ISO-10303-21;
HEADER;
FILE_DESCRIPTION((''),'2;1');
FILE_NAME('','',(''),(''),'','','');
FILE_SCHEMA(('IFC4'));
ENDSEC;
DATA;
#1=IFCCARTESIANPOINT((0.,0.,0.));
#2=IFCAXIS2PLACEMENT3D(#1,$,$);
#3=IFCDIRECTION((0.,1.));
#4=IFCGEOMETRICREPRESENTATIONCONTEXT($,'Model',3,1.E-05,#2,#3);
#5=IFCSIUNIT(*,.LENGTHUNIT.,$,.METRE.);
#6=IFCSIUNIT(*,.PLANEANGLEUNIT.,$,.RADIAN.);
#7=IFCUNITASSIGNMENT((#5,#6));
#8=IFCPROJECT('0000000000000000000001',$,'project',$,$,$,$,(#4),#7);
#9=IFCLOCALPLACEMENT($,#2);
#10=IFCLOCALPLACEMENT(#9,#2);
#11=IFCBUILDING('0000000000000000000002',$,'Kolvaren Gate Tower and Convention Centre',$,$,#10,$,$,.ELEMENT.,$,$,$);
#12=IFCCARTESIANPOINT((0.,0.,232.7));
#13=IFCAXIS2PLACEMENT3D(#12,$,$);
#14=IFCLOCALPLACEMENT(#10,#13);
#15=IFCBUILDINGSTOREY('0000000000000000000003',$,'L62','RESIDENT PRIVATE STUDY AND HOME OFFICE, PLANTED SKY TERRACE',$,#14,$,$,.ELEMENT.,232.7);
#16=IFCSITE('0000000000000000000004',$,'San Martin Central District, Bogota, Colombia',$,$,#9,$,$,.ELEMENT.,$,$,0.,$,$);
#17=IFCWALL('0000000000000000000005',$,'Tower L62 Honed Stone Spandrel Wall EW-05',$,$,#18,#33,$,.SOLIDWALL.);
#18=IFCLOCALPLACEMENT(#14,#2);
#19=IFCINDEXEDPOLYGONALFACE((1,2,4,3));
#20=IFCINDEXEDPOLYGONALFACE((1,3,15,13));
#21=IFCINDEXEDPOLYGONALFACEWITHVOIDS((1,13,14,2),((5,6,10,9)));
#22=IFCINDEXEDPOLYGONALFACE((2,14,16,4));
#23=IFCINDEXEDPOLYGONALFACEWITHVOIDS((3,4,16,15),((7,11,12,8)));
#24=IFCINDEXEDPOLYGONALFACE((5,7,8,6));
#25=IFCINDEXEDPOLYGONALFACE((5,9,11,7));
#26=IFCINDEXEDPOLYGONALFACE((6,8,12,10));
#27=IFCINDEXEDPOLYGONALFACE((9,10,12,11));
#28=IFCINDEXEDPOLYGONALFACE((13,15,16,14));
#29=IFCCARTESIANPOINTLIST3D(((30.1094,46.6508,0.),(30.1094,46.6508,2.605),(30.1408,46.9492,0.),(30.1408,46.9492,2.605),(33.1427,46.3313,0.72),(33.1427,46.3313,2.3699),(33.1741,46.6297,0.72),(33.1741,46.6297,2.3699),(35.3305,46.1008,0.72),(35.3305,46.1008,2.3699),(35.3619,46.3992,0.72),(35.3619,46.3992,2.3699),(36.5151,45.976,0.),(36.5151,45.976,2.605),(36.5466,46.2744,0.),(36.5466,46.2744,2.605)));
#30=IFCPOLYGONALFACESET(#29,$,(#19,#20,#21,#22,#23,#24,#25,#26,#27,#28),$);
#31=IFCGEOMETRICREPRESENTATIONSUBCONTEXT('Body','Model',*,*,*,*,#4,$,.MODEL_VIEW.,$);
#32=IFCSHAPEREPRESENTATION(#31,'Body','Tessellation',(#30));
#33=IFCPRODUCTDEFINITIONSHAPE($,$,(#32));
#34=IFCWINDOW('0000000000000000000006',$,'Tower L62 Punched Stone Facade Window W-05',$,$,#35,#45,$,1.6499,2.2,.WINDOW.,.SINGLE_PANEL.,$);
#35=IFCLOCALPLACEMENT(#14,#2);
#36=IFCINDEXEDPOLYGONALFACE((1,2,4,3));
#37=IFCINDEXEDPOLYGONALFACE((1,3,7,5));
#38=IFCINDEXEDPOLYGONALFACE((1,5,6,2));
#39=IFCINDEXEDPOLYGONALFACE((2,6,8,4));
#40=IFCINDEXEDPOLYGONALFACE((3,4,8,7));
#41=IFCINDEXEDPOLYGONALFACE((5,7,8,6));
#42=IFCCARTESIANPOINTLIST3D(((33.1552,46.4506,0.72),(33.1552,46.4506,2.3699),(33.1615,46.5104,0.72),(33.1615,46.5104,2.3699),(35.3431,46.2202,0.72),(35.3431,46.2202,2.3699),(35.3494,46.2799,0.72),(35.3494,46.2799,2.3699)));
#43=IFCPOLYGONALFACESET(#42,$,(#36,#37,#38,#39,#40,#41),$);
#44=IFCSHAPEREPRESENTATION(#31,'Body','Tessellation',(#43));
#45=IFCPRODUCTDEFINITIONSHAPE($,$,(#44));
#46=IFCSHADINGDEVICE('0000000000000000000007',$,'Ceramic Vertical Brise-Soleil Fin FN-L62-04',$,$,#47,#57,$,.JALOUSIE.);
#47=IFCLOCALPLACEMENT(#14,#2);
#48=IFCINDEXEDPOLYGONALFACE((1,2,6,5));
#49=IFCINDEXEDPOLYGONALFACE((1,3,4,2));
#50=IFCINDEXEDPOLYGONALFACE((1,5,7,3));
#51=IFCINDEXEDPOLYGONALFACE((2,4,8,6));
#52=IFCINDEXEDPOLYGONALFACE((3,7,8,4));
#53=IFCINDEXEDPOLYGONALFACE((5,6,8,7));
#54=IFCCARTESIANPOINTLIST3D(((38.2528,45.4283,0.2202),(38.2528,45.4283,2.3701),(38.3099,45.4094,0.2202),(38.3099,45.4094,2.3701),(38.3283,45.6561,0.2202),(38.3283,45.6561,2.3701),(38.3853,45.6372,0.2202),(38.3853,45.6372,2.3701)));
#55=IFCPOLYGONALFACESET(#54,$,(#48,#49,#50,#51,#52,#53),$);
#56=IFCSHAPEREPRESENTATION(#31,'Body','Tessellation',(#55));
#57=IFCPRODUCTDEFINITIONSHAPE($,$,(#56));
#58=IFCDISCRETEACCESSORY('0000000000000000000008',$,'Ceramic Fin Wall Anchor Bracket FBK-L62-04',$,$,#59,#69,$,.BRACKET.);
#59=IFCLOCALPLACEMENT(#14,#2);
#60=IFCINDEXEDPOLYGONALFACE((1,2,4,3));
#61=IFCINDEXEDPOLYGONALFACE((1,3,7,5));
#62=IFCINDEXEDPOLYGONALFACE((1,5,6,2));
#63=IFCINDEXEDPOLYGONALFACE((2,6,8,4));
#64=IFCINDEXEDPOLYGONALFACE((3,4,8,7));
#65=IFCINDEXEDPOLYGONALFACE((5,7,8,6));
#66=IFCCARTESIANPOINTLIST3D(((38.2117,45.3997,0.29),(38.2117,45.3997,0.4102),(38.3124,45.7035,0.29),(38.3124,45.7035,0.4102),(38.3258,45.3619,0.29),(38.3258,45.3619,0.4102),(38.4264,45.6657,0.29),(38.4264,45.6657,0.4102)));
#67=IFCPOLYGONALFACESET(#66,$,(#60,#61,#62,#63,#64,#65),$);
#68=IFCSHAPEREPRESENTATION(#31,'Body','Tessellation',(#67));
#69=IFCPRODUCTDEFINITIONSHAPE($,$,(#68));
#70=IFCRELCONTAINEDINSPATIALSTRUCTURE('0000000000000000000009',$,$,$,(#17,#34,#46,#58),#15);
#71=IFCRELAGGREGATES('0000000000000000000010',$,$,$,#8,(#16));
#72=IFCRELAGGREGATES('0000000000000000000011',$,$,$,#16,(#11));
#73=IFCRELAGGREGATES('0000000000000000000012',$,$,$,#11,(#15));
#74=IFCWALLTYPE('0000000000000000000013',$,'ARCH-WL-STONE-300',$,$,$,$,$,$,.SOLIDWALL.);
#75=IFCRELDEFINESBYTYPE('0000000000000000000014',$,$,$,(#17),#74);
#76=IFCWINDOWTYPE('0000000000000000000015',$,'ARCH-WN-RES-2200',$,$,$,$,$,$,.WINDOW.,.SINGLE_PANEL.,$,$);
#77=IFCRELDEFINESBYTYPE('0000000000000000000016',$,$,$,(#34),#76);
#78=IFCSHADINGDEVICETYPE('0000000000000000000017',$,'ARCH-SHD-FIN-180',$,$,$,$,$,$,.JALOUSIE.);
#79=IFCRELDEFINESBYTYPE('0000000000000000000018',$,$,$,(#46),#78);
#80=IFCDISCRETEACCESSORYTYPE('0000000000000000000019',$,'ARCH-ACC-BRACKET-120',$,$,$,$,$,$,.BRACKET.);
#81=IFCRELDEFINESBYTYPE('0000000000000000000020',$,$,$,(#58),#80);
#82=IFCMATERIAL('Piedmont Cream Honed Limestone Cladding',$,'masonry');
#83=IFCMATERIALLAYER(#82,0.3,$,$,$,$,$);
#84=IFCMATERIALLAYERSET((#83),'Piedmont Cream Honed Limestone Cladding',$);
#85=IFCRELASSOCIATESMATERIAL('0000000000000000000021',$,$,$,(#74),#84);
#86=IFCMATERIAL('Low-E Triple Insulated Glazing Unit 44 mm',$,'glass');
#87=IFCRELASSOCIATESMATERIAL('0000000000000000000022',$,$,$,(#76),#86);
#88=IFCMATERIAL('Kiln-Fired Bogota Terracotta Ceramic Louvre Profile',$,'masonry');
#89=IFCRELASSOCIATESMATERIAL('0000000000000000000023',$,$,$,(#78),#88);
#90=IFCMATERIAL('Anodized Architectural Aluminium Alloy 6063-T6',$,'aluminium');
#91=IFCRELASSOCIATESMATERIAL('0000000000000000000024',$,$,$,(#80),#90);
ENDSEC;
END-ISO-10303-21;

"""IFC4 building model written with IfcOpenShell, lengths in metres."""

from ifc_helpers import new_model, si_unit, direction, frame, frame_2d, origin, origin_2d, place, context, subcontext, project, spatial, rectangle, extrude, material, layer, layer_set, type_object, element, fill, save


model = new_model("IFC4")

# Units and contexts
model_context = context("Model", 3, precision=1e-05, world=origin(), true_north=direction((0.0, 1.0)))
body_context = subcontext(model_context, "Body", "Model", "MODEL_VIEW")
ifc_project = project(units=[si_unit("LENGTHUNIT", "METRE"), si_unit("PLANEANGLEUNIT", "RADIAN")], contexts=[model_context])

# Site, building, storey
site_placement = place(None, origin())
site = spatial("IfcSite", under=ifc_project, at=site_placement, Name="San Martin Central District, Bogota, Colombia", CompositionType="ELEMENT", RefElevation=0.0)
building_placement = place(site_placement, origin())
building = spatial("IfcBuilding", under=site, at=building_placement, Name="Kolvaren Gate Tower and Convention Centre", CompositionType="ELEMENT")
storey_placement = place(building_placement, frame((0.0, 0.0, 232.7)))
storey = spatial("IfcBuildingStorey", under=building, at=storey_placement, Name="L62", Description="RESIDENT PRIVATE STUDY AND HOME OFFICE, PLANTED SKY TERRACE", CompositionType="ELEMENT", Elevation=232.7)

# Shared definitions
ifc_material_1 = material(Name="Anodized Architectural Aluminium Alloy 6063-T6", Category="aluminium")

# Shared definitions
ifc_material_2 = material(Name="Low-E Triple Insulated Glazing Unit 44 mm", Category="glass")

# Wall, opening, window
ifc_material_3 = material(Name="Piedmont Cream Honed Limestone Cladding", Category="masonry")
ifc_layer_1 = layer(ifc_material_3, 0.3)
ifc_layer_set_1 = layer_set([ifc_layer_1], Name="Piedmont Cream Honed Limestone Cladding")
wall_type_1 = type_object("IfcWallType", Name="ARCH-WL-STONE-300", PredefinedType="SOLIDWALL", material=ifc_layer_set_1)
window_type = type_object("IfcWindowType", Name="ARCH-WN-RES-2200", PartitioningType="SINGLE_PANEL", PredefinedType="WINDOW", material=ifc_material_2)
wall_1_placement = place(storey_placement, frame((30.125, 46.8, 0.0), z_axis=(0.0, 0.0, 1.0), x_axis=(0.994497, -0.104764, 0.0)))
wall_1 = element("IfcWall", 1, at=wall_1_placement, inside=storey, type_object=wall_type_1, Name="Tower L62 Honed Stone Spandrel Wall EW-05", PredefinedType="SOLIDWALL", context=body_context, shape_type="SweptSolid", body=[
    extrude(rectangle(XDim=6.4412, YDim=0.3, at=frame_2d((3.2207, 0.0))), origin(), (0.0, 0.0, 1.0), 2.605),
])
opening_1_placement = place(wall_1_placement, frame((3.05, 0.0, 0.72)))
opening_1 = element("IfcOpeningElement", 2, at=opening_1_placement, cuts=wall_1, PredefinedType="OPENING", context=body_context, shape_type="SweptSolid", body=[
    extrude(rectangle(XDim=2.2, YDim=1.6499, at=frame_2d((1.1001, 0.825))), frame((0.0, 0.1599, 0.0), z_axis=(0.0, -1.0, 0.0), x_axis=(1.0, 0.0, 0.0)), (0.0, 0.0, 1.0), 0.3201),
])
window_1_placement = place(opening_1_placement, origin())
window_1 = element("IfcWindow", 3, at=window_1_placement, inside=storey, type_object=window_type, Name="Tower L62 Punched Stone Facade Window W-05", OverallHeight=1.6499, OverallWidth=2.2, PartitioningType="SINGLE_PANEL", PredefinedType="WINDOW", context=body_context, shape_type="SweptSolid", body=[
    extrude(rectangle(XDim=2.2, YDim=1.6499, at=frame_2d((1.1001, 0.825))), frame((0.0, 0.03, 0.0), z_axis=(0.0, -1.0, 0.0), x_axis=(1.0, 0.0, 0.0)), (0.0, 0.0, 1.0), 0.0601),
])
fill(opening_1, window_1)

# Shading device
ifc_material_4 = material(Name="Kiln-Fired Bogota Terracotta Ceramic Louvre Profile", Category="masonry")
shading_device_type = type_object("IfcShadingDeviceType", Name="ARCH-SHD-FIN-180", PredefinedType="JALOUSIE", material=ifc_material_4)
shading_device_placement = place(storey_placement, frame((38.3191, 45.5327, 0.2202), z_axis=(0.0, 0.0, 1.0), x_axis=(0.949242, -0.314548, 0.0)))
element("IfcShadingDevice", 4, at=shading_device_placement, inside=storey, type_object=shading_device_type, Name="Ceramic Vertical Brise-Soleil Fin FN-L62-04", PredefinedType="JALOUSIE", context=body_context, shape_type="SweptSolid", body=[
    extrude(rectangle(XDim=0.0601, YDim=0.24, at=origin_2d()), origin(), (0.0, 0.0, 1.0), 2.1499),
])

# Discrete accessory
discrete_accessory_type = type_object("IfcDiscreteAccessoryType", Name="ARCH-ACC-BRACKET-120", PredefinedType="BRACKET", material=ifc_material_1)
discrete_accessory_placement = place(storey_placement, frame((38.3191, 45.5327, 0.29), z_axis=(0.0, 0.0, 1.0), x_axis=(0.949242, -0.314548, 0.0)))
element("IfcDiscreteAccessory", 5, at=discrete_accessory_placement, inside=storey, type_object=discrete_accessory_type, Name="Ceramic Fin Wall Anchor Bracket FBK-L62-04", PredefinedType="BRACKET", context=body_context, shape_type="SweptSolid", body=[
    extrude(rectangle(XDim=0.1201, YDim=0.3201, at=origin_2d()), origin(), (0.0, 0.0, 1.0), 0.1201),
])

save(model, "model.ifc")
